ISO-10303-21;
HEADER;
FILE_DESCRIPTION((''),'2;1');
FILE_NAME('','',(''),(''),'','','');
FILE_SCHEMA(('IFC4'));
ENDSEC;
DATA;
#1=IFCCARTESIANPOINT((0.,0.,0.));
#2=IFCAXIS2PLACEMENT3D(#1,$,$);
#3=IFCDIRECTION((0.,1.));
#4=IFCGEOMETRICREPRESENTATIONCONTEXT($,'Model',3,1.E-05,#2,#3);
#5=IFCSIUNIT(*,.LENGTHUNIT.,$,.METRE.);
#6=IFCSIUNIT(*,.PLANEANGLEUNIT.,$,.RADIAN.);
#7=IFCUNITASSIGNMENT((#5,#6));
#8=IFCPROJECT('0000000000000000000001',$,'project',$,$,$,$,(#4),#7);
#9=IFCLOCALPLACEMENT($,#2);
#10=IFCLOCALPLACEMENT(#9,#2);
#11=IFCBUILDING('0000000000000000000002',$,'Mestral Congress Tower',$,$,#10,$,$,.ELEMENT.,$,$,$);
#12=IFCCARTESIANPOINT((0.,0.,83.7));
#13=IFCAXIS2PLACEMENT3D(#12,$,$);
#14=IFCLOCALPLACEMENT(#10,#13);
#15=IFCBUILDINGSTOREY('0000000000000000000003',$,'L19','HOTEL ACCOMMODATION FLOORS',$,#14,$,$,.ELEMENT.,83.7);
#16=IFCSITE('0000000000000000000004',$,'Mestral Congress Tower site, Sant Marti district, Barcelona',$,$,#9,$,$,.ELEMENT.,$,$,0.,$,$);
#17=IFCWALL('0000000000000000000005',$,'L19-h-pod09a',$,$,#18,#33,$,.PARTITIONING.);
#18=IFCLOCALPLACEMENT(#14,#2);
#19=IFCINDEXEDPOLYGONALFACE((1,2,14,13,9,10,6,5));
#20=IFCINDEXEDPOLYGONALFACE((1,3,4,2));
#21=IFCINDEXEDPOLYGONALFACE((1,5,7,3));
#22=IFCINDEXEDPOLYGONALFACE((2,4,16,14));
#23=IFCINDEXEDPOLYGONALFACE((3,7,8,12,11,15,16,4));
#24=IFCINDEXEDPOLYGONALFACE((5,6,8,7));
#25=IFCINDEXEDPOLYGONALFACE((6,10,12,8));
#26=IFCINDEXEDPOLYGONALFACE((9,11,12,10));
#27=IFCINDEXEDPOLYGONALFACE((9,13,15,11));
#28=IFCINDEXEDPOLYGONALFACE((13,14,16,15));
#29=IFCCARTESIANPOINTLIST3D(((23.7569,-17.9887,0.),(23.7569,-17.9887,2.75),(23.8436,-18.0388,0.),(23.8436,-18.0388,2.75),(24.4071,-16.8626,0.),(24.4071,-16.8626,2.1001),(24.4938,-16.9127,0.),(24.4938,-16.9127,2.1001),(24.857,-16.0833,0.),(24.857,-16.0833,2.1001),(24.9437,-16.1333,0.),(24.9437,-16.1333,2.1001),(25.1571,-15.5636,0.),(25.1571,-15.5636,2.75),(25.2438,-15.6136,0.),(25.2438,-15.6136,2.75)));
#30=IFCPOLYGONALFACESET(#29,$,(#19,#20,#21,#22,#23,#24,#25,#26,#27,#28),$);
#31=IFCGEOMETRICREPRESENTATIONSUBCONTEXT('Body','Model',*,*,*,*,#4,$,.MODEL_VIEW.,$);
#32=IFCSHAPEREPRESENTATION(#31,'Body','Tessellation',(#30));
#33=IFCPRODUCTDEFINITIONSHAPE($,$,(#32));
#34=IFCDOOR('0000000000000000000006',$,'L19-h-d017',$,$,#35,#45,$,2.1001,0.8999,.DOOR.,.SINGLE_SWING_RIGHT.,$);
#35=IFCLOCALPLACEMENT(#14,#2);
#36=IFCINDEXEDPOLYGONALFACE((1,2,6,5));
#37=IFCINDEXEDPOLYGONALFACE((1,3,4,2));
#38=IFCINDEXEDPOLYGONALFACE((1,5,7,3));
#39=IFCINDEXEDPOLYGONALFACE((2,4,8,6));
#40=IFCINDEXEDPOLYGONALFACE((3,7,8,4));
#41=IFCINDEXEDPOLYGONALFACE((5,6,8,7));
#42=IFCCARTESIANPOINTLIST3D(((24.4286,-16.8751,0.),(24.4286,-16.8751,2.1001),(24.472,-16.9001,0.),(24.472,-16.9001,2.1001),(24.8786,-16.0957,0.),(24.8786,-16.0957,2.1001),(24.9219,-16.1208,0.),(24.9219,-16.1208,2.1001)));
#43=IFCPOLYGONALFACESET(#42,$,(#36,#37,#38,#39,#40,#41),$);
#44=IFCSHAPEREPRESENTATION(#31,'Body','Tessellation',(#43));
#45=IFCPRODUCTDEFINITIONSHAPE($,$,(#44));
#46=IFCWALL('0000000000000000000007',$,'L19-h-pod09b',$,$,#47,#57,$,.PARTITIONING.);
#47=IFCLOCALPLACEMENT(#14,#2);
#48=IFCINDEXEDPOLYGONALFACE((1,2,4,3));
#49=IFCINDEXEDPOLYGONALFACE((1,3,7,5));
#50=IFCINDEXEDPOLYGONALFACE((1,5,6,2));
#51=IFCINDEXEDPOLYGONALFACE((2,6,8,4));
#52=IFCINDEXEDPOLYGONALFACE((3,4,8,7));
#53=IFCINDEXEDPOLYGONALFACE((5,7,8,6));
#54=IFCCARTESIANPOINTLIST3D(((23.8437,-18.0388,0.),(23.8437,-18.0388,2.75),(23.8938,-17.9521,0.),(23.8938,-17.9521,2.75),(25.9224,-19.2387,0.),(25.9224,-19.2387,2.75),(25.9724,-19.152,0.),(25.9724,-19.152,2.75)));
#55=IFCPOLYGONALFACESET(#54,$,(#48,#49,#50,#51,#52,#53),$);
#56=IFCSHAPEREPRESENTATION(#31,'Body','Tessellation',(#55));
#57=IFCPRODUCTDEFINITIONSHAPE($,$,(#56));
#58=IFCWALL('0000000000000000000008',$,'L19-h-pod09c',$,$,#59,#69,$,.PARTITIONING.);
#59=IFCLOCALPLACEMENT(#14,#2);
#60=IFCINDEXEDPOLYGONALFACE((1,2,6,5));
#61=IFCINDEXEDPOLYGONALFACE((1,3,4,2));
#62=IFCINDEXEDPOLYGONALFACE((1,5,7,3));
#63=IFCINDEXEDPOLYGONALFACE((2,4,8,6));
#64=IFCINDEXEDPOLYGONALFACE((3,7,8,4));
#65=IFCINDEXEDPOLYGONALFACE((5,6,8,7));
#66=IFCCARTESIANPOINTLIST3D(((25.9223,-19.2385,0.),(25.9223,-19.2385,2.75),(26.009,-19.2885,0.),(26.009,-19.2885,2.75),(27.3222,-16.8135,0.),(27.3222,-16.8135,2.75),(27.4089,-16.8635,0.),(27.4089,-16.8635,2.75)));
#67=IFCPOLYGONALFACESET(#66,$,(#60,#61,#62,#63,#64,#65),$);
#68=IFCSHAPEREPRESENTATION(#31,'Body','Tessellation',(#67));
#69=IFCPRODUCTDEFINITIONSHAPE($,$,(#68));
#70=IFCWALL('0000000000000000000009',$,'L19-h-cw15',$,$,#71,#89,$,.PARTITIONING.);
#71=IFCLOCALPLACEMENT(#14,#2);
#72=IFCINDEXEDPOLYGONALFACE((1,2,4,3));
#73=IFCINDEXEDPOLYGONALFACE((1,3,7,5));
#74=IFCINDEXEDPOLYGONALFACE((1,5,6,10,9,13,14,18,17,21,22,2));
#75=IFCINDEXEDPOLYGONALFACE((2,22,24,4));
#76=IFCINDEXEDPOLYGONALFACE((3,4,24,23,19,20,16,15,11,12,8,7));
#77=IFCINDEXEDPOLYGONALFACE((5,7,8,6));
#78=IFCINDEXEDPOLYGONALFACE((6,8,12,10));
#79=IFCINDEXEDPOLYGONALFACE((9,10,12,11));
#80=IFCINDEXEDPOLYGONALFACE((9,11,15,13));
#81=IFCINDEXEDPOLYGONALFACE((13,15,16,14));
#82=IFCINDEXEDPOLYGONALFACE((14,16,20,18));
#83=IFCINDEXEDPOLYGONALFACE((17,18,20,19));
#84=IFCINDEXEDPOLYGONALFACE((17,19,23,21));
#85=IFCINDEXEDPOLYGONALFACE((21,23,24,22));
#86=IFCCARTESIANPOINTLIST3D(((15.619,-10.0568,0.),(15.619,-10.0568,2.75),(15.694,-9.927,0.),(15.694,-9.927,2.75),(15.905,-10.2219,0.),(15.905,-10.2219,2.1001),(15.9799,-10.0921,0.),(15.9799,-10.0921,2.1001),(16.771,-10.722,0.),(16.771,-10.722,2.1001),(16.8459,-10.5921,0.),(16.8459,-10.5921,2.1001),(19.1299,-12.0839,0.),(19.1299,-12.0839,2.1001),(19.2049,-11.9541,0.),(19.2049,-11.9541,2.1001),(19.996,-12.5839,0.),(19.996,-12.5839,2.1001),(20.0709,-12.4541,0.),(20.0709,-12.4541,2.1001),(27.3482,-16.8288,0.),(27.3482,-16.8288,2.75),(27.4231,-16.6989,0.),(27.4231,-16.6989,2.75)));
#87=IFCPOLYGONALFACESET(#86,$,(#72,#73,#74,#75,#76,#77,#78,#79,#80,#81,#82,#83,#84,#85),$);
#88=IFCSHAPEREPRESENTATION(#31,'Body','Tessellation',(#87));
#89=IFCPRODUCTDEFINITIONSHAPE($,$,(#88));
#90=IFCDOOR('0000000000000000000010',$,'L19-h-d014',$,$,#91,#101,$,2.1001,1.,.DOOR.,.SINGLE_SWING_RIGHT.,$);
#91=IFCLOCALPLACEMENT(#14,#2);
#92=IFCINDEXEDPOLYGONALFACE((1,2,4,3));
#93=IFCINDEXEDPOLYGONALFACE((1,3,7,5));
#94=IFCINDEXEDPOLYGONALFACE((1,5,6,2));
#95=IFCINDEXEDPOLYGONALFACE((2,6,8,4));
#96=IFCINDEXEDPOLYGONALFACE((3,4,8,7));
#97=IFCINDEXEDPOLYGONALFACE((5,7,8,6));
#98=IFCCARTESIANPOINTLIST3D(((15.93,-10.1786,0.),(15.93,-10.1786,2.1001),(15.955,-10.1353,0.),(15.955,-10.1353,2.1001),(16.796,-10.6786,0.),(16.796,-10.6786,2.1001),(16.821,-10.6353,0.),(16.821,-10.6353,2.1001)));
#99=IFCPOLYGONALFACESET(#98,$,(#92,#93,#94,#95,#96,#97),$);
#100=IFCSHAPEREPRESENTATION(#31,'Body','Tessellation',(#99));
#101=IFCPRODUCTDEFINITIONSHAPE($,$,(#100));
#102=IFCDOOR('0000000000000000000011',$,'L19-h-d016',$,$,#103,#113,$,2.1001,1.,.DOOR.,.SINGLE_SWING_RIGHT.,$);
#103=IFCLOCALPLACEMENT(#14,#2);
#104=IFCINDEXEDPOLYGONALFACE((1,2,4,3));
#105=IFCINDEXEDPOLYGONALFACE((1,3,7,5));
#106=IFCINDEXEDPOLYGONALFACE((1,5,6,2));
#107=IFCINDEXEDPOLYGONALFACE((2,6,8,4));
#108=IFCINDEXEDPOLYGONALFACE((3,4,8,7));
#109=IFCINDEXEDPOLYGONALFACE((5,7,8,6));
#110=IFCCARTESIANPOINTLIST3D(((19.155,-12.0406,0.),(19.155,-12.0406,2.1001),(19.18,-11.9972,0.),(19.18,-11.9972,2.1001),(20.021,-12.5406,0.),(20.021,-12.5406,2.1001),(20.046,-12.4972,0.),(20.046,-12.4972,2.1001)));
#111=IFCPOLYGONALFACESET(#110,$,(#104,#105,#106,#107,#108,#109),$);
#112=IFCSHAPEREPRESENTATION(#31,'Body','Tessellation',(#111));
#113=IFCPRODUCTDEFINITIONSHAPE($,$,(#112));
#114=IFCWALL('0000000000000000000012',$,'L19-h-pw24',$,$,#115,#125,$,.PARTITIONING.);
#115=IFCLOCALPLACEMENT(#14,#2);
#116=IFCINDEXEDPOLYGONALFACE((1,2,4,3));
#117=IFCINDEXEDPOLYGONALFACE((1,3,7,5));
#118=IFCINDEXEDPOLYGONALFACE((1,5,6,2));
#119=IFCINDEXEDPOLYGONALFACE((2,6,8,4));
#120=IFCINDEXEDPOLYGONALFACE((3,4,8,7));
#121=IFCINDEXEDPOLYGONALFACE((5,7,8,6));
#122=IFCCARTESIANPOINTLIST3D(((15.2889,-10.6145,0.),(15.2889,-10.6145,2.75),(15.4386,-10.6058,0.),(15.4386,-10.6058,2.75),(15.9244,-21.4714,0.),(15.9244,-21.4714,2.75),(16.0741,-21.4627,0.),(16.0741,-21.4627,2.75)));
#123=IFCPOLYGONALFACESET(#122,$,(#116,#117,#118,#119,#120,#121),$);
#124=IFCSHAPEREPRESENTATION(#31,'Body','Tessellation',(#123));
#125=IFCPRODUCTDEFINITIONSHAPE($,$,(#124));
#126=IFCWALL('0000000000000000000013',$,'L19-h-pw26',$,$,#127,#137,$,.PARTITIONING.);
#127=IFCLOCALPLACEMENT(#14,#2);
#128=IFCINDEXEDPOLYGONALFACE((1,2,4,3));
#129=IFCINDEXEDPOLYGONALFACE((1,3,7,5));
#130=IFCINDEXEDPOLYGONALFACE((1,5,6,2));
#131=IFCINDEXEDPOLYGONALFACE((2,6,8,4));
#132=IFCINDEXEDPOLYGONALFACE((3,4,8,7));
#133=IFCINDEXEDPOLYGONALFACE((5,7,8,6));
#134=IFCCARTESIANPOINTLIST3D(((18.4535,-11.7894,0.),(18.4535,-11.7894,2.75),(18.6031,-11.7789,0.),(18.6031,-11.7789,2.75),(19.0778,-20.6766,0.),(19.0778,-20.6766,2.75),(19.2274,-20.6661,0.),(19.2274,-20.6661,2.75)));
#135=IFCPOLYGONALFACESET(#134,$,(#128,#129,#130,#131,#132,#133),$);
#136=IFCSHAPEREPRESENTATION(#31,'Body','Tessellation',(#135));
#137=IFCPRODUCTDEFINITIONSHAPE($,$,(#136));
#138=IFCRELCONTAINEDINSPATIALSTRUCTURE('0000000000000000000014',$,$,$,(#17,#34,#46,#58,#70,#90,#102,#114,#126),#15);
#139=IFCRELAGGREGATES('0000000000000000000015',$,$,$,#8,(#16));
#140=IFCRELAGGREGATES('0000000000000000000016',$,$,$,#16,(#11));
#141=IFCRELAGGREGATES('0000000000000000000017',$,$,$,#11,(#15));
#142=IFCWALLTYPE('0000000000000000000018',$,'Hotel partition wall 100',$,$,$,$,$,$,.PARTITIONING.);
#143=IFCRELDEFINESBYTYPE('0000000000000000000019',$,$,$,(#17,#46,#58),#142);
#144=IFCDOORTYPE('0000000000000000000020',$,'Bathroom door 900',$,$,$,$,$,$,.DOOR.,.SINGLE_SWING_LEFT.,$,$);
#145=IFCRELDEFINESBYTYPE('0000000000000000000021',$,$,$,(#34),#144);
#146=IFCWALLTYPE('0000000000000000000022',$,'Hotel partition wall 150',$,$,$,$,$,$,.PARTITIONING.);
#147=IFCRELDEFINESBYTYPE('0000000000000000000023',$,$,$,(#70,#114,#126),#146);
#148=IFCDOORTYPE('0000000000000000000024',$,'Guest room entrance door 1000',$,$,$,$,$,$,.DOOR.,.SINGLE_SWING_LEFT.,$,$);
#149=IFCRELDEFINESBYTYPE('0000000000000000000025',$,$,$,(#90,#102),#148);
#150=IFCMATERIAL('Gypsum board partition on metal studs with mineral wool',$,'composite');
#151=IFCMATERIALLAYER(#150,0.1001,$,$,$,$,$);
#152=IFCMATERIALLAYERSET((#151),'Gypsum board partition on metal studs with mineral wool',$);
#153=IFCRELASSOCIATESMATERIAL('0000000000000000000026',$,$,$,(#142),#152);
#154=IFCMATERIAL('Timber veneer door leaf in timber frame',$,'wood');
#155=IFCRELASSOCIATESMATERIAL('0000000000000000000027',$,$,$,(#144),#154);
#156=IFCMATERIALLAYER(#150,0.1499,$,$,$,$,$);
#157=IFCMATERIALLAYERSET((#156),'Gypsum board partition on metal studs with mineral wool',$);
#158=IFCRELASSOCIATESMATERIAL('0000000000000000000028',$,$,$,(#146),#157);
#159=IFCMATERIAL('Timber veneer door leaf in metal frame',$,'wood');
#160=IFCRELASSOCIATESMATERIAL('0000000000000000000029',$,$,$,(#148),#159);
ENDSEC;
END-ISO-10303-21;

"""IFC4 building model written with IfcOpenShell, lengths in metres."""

from ifc_helpers import new_model, si_unit, direction, frame, frame_2d, origin, place, context, subcontext, project, spatial, rectangle, extrude, material, layer, layer_set, type_object, element, fill, save


model = new_model("IFC4")

# Units and contexts
model_context = context("Model", 3, precision=1e-05, world=origin(), true_north=direction((0.0, 1.0)))
body_context = subcontext(model_context, "Body", "Model", "MODEL_VIEW")
ifc_project = project(units=[si_unit("LENGTHUNIT", "METRE"), si_unit("PLANEANGLEUNIT", "RADIAN")], contexts=[model_context])

# Site, building, storey
site_placement = place(None, origin())
site = spatial("IfcSite", under=ifc_project, at=site_placement, Name="Mestral Congress Tower site, Sant Marti district, Barcelona", CompositionType="ELEMENT", RefElevation=0.0)
building_placement = place(site_placement, origin())
building = spatial("IfcBuilding", under=site, at=building_placement, Name="Mestral Congress Tower", CompositionType="ELEMENT")
storey_placement = place(building_placement, frame((0.0, 0.0, 83.7)))
storey = spatial("IfcBuildingStorey", under=building, at=storey_placement, Name="L19", Description="HOTEL ACCOMMODATION FLOORS", CompositionType="ELEMENT", Elevation=83.7)

# Wall, opening, door
ifc_material_1 = material(Name="Gypsum board partition on metal studs with mineral wool", Category="composite")
ifc_layer_1 = layer(ifc_material_1, 0.1001)
ifc_layer_set_1 = layer_set([ifc_layer_1], Name="Gypsum board partition on metal studs with mineral wool")
wall_type_1 = type_object("IfcWallType", Name="Hotel partition wall 100", PredefinedType="PARTITIONING", material=ifc_layer_set_1)
wall_1_placement = place(storey_placement, frame((25.2004, -15.5886, 0.0), z_axis=(0.0, 0.0, 1.0), x_axis=(-0.500012, -0.866019, 0.0)))
wall_1 = element("IfcWall", 1, at=wall_1_placement, inside=storey, type_object=wall_type_1, Name="L19-h-pod09a", PredefinedType="PARTITIONING", context=body_context, shape_type="SweptSolid", body=[
    extrude(rectangle(XDim=2.8003, YDim=0.1001, at=frame_2d((1.4001, 0.0))), origin(), (0.0, 0.0, 1.0), 2.75),
])
opening_1_placement = place(wall_1_placement, frame((0.6001, 0.0, 0.0)))
opening_1 = element("IfcOpeningElement", 2, at=opening_1_placement, cuts=wall_1, PredefinedType="OPENING", context=body_context, shape_type="SweptSolid", body=[
    extrude(rectangle(XDim=0.8999, YDim=2.1001, at=frame_2d((0.45, 1.05))), frame((0.0, 0.0601, 0.0), z_axis=(0.0, -1.0, 0.0), x_axis=(1.0, 0.0, 0.0)), (0.0, 0.0, 1.0), 0.1201),
])
ifc_material_2 = material(Name="Timber veneer door leaf in timber frame", Category="wood")
door_type_1 = type_object("IfcDoorType", Name="Bathroom door 900", OperationType="SINGLE_SWING_LEFT", PredefinedType="DOOR", material=ifc_material_2)
door_1_placement = place(opening_1_placement, origin())
door_1 = element("IfcDoor", 3, at=door_1_placement, inside=storey, type_object=door_type_1, Name="L19-h-d017", OperationType="SINGLE_SWING_RIGHT", OverallHeight=2.1001, OverallWidth=0.8999, PredefinedType="DOOR", context=body_context, shape_type="SweptSolid", body=[
    extrude(rectangle(XDim=0.8999, YDim=2.1001, at=frame_2d((0.45, 1.05))), frame((0.0, 0.0249, 0.0), z_axis=(0.0, -1.0, 0.0), x_axis=(1.0, 0.0, 0.0)), (0.0, 0.0, 1.0), 0.05),
])
fill(opening_1, door_1)

# Walls
wall_2_placement = place(storey_placement, frame((23.8687, -17.9954, 0.0), z_axis=(0.0, 0.0, 1.0), x_axis=(0.86605, -0.499957, 0.0)))
element("IfcWall", 4, at=wall_2_placement, inside=storey, type_object=wall_type_1, Name="L19-h-pod09b", PredefinedType="PARTITIONING", context=body_context, shape_type="SweptSolid", body=[
    extrude(rectangle(XDim=2.4001, YDim=0.1001, at=frame_2d((1.2002, 0.0))), origin(), (0.0, 0.0, 1.0), 2.75),
])
wall_3_placement = place(storey_placement, frame((27.3655, -16.8386, 0.0), z_axis=(0.0, 0.0, 1.0), x_axis=(-0.499946, -0.866056, 0.0)))
element("IfcWall", 5, at=wall_3_placement, inside=storey, type_object=wall_type_1, Name="L19-h-pod09c", PredefinedType="PARTITIONING", context=body_context, shape_type="SweptSolid", body=[
    extrude(rectangle(XDim=2.8, YDim=0.1001, at=frame_2d((1.3999, 0.0))), origin(), (0.0, 0.0, 1.0), 2.75),
])

# Wall, openings, doors
ifc_layer_2 = layer(ifc_material_1, 0.1499)
ifc_layer_set_2 = layer_set([ifc_layer_2], Name="Gypsum board partition on metal studs with mineral wool")
wall_type_2 = type_object("IfcWallType", Name="Hotel partition wall 150", PredefinedType="PARTITIONING", material=ifc_layer_set_2)
wall_4_placement = place(storey_placement, frame((27.3857, -16.7639, 0.0), z_axis=(0.0, 0.0, 1.0), x_axis=(-0.866023, 0.500005, 0.0)))
wall_4 = element("IfcWall", 6, at=wall_4_placement, inside=storey, type_object=wall_type_2, Name="L19-h-cw15", PredefinedType="PARTITIONING", context=body_context, shape_type="SweptSolid", body=[
    extrude(rectangle(XDim=13.5437, YDim=0.1499, at=frame_2d((6.772, 0.0))), origin(), (0.0, 0.0, 1.0), 2.75),
])
opening_2_placement = place(wall_4_placement, frame((12.2136, 0.0, 0.0)))
opening_2 = element("IfcOpeningElement", 7, at=opening_2_placement, cuts=wall_4, PredefinedType="OPENING", context=body_context, shape_type="SweptSolid", body=[
    extrude(rectangle(XDim=1.0, YDim=2.1001, at=frame_2d((0.5, 1.05))), frame((0.0, 0.085, 0.0), z_axis=(0.0, -1.0, 0.0), x_axis=(1.0, 0.0, 0.0)), (0.0, 0.0, 1.0), 0.1699),
])
opening_3_placement = place(wall_4_placement, frame((8.4897, 0.0, 0.0)))
opening_3 = element("IfcOpeningElement", 8, at=opening_3_placement, cuts=wall_4, PredefinedType="OPENING", context=body_context, shape_type="SweptSolid", body=[
    extrude(rectangle(XDim=1.0, YDim=2.1001, at=frame_2d((0.5, 1.05))), frame((0.0, 0.085, 0.0), z_axis=(0.0, -1.0, 0.0), x_axis=(1.0, 0.0, 0.0)), (0.0, 0.0, 1.0), 0.1699),
])
ifc_material_3 = material(Name="Timber veneer door leaf in metal frame", Category="wood")
door_type_2 = type_object("IfcDoorType", Name="Guest room entrance door 1000", OperationType="SINGLE_SWING_LEFT", PredefinedType="DOOR", material=ifc_material_3)
door_2_placement = place(opening_2_placement, origin())
door_2 = element("IfcDoor", 9, at=door_2_placement, inside=storey, type_object=door_type_2, Name="L19-h-d014", OperationType="SINGLE_SWING_RIGHT", OverallHeight=2.1001, OverallWidth=1.0, PredefinedType="DOOR", context=body_context, shape_type="SweptSolid", body=[
    extrude(rectangle(XDim=1.0, YDim=2.1001, at=frame_2d((0.5, 1.05))), frame((0.0, 0.0249, 0.0), z_axis=(0.0, -1.0, 0.0), x_axis=(1.0, 0.0, 0.0)), (0.0, 0.0, 1.0), 0.05),
])
fill(opening_2, door_2)
door_3_placement = place(opening_3_placement, origin())
door_3 = element("IfcDoor", 10, at=door_3_placement, inside=storey, type_object=door_type_2, Name="L19-h-d016", OperationType="SINGLE_SWING_RIGHT", OverallHeight=2.1001, OverallWidth=1.0, PredefinedType="DOOR", context=body_context, shape_type="SweptSolid", body=[
    extrude(rectangle(XDim=1.0, YDim=2.1001, at=frame_2d((0.5, 1.05))), frame((0.0, 0.0249, 0.0), z_axis=(0.0, -1.0, 0.0), x_axis=(1.0, 0.0, 0.0)), (0.0, 0.0, 1.0), 0.05),
])
fill(opening_3, door_3)

# Walls
wall_5_placement = place(storey_placement, frame((15.9993, -21.467, 0.0), z_axis=(0.0, 0.0, 1.0), x_axis=(-0.058434, 0.998291, 0.0)))
element("IfcWall", 11, at=wall_5_placement, inside=storey, type_object=wall_type_2, Name="L19-h-pw24", PredefinedType="PARTITIONING", context=body_context, shape_type="SweptSolid", body=[
    extrude(rectangle(XDim=10.8755, YDim=0.1499, at=frame_2d((5.4377, 0.0))), origin(), (0.0, 0.0, 1.0), 2.75),
])
wall_6_placement = place(storey_placement, frame((19.1526, -20.6714, 0.0), z_axis=(0.0, 0.0, 1.0), x_axis=(-0.070071, 0.997542, 0.0)))
element("IfcWall", 12, at=wall_6_placement, inside=storey, type_object=wall_type_2, Name="L19-h-pw26", PredefinedType="PARTITIONING", context=body_context, shape_type="SweptSolid", body=[
    extrude(rectangle(XDim=8.9092, YDim=0.1499, at=frame_2d((4.4546, 0.0))), origin(), (0.0, 0.0, 1.0), 2.75),
])

save(model, "model.ifc")
